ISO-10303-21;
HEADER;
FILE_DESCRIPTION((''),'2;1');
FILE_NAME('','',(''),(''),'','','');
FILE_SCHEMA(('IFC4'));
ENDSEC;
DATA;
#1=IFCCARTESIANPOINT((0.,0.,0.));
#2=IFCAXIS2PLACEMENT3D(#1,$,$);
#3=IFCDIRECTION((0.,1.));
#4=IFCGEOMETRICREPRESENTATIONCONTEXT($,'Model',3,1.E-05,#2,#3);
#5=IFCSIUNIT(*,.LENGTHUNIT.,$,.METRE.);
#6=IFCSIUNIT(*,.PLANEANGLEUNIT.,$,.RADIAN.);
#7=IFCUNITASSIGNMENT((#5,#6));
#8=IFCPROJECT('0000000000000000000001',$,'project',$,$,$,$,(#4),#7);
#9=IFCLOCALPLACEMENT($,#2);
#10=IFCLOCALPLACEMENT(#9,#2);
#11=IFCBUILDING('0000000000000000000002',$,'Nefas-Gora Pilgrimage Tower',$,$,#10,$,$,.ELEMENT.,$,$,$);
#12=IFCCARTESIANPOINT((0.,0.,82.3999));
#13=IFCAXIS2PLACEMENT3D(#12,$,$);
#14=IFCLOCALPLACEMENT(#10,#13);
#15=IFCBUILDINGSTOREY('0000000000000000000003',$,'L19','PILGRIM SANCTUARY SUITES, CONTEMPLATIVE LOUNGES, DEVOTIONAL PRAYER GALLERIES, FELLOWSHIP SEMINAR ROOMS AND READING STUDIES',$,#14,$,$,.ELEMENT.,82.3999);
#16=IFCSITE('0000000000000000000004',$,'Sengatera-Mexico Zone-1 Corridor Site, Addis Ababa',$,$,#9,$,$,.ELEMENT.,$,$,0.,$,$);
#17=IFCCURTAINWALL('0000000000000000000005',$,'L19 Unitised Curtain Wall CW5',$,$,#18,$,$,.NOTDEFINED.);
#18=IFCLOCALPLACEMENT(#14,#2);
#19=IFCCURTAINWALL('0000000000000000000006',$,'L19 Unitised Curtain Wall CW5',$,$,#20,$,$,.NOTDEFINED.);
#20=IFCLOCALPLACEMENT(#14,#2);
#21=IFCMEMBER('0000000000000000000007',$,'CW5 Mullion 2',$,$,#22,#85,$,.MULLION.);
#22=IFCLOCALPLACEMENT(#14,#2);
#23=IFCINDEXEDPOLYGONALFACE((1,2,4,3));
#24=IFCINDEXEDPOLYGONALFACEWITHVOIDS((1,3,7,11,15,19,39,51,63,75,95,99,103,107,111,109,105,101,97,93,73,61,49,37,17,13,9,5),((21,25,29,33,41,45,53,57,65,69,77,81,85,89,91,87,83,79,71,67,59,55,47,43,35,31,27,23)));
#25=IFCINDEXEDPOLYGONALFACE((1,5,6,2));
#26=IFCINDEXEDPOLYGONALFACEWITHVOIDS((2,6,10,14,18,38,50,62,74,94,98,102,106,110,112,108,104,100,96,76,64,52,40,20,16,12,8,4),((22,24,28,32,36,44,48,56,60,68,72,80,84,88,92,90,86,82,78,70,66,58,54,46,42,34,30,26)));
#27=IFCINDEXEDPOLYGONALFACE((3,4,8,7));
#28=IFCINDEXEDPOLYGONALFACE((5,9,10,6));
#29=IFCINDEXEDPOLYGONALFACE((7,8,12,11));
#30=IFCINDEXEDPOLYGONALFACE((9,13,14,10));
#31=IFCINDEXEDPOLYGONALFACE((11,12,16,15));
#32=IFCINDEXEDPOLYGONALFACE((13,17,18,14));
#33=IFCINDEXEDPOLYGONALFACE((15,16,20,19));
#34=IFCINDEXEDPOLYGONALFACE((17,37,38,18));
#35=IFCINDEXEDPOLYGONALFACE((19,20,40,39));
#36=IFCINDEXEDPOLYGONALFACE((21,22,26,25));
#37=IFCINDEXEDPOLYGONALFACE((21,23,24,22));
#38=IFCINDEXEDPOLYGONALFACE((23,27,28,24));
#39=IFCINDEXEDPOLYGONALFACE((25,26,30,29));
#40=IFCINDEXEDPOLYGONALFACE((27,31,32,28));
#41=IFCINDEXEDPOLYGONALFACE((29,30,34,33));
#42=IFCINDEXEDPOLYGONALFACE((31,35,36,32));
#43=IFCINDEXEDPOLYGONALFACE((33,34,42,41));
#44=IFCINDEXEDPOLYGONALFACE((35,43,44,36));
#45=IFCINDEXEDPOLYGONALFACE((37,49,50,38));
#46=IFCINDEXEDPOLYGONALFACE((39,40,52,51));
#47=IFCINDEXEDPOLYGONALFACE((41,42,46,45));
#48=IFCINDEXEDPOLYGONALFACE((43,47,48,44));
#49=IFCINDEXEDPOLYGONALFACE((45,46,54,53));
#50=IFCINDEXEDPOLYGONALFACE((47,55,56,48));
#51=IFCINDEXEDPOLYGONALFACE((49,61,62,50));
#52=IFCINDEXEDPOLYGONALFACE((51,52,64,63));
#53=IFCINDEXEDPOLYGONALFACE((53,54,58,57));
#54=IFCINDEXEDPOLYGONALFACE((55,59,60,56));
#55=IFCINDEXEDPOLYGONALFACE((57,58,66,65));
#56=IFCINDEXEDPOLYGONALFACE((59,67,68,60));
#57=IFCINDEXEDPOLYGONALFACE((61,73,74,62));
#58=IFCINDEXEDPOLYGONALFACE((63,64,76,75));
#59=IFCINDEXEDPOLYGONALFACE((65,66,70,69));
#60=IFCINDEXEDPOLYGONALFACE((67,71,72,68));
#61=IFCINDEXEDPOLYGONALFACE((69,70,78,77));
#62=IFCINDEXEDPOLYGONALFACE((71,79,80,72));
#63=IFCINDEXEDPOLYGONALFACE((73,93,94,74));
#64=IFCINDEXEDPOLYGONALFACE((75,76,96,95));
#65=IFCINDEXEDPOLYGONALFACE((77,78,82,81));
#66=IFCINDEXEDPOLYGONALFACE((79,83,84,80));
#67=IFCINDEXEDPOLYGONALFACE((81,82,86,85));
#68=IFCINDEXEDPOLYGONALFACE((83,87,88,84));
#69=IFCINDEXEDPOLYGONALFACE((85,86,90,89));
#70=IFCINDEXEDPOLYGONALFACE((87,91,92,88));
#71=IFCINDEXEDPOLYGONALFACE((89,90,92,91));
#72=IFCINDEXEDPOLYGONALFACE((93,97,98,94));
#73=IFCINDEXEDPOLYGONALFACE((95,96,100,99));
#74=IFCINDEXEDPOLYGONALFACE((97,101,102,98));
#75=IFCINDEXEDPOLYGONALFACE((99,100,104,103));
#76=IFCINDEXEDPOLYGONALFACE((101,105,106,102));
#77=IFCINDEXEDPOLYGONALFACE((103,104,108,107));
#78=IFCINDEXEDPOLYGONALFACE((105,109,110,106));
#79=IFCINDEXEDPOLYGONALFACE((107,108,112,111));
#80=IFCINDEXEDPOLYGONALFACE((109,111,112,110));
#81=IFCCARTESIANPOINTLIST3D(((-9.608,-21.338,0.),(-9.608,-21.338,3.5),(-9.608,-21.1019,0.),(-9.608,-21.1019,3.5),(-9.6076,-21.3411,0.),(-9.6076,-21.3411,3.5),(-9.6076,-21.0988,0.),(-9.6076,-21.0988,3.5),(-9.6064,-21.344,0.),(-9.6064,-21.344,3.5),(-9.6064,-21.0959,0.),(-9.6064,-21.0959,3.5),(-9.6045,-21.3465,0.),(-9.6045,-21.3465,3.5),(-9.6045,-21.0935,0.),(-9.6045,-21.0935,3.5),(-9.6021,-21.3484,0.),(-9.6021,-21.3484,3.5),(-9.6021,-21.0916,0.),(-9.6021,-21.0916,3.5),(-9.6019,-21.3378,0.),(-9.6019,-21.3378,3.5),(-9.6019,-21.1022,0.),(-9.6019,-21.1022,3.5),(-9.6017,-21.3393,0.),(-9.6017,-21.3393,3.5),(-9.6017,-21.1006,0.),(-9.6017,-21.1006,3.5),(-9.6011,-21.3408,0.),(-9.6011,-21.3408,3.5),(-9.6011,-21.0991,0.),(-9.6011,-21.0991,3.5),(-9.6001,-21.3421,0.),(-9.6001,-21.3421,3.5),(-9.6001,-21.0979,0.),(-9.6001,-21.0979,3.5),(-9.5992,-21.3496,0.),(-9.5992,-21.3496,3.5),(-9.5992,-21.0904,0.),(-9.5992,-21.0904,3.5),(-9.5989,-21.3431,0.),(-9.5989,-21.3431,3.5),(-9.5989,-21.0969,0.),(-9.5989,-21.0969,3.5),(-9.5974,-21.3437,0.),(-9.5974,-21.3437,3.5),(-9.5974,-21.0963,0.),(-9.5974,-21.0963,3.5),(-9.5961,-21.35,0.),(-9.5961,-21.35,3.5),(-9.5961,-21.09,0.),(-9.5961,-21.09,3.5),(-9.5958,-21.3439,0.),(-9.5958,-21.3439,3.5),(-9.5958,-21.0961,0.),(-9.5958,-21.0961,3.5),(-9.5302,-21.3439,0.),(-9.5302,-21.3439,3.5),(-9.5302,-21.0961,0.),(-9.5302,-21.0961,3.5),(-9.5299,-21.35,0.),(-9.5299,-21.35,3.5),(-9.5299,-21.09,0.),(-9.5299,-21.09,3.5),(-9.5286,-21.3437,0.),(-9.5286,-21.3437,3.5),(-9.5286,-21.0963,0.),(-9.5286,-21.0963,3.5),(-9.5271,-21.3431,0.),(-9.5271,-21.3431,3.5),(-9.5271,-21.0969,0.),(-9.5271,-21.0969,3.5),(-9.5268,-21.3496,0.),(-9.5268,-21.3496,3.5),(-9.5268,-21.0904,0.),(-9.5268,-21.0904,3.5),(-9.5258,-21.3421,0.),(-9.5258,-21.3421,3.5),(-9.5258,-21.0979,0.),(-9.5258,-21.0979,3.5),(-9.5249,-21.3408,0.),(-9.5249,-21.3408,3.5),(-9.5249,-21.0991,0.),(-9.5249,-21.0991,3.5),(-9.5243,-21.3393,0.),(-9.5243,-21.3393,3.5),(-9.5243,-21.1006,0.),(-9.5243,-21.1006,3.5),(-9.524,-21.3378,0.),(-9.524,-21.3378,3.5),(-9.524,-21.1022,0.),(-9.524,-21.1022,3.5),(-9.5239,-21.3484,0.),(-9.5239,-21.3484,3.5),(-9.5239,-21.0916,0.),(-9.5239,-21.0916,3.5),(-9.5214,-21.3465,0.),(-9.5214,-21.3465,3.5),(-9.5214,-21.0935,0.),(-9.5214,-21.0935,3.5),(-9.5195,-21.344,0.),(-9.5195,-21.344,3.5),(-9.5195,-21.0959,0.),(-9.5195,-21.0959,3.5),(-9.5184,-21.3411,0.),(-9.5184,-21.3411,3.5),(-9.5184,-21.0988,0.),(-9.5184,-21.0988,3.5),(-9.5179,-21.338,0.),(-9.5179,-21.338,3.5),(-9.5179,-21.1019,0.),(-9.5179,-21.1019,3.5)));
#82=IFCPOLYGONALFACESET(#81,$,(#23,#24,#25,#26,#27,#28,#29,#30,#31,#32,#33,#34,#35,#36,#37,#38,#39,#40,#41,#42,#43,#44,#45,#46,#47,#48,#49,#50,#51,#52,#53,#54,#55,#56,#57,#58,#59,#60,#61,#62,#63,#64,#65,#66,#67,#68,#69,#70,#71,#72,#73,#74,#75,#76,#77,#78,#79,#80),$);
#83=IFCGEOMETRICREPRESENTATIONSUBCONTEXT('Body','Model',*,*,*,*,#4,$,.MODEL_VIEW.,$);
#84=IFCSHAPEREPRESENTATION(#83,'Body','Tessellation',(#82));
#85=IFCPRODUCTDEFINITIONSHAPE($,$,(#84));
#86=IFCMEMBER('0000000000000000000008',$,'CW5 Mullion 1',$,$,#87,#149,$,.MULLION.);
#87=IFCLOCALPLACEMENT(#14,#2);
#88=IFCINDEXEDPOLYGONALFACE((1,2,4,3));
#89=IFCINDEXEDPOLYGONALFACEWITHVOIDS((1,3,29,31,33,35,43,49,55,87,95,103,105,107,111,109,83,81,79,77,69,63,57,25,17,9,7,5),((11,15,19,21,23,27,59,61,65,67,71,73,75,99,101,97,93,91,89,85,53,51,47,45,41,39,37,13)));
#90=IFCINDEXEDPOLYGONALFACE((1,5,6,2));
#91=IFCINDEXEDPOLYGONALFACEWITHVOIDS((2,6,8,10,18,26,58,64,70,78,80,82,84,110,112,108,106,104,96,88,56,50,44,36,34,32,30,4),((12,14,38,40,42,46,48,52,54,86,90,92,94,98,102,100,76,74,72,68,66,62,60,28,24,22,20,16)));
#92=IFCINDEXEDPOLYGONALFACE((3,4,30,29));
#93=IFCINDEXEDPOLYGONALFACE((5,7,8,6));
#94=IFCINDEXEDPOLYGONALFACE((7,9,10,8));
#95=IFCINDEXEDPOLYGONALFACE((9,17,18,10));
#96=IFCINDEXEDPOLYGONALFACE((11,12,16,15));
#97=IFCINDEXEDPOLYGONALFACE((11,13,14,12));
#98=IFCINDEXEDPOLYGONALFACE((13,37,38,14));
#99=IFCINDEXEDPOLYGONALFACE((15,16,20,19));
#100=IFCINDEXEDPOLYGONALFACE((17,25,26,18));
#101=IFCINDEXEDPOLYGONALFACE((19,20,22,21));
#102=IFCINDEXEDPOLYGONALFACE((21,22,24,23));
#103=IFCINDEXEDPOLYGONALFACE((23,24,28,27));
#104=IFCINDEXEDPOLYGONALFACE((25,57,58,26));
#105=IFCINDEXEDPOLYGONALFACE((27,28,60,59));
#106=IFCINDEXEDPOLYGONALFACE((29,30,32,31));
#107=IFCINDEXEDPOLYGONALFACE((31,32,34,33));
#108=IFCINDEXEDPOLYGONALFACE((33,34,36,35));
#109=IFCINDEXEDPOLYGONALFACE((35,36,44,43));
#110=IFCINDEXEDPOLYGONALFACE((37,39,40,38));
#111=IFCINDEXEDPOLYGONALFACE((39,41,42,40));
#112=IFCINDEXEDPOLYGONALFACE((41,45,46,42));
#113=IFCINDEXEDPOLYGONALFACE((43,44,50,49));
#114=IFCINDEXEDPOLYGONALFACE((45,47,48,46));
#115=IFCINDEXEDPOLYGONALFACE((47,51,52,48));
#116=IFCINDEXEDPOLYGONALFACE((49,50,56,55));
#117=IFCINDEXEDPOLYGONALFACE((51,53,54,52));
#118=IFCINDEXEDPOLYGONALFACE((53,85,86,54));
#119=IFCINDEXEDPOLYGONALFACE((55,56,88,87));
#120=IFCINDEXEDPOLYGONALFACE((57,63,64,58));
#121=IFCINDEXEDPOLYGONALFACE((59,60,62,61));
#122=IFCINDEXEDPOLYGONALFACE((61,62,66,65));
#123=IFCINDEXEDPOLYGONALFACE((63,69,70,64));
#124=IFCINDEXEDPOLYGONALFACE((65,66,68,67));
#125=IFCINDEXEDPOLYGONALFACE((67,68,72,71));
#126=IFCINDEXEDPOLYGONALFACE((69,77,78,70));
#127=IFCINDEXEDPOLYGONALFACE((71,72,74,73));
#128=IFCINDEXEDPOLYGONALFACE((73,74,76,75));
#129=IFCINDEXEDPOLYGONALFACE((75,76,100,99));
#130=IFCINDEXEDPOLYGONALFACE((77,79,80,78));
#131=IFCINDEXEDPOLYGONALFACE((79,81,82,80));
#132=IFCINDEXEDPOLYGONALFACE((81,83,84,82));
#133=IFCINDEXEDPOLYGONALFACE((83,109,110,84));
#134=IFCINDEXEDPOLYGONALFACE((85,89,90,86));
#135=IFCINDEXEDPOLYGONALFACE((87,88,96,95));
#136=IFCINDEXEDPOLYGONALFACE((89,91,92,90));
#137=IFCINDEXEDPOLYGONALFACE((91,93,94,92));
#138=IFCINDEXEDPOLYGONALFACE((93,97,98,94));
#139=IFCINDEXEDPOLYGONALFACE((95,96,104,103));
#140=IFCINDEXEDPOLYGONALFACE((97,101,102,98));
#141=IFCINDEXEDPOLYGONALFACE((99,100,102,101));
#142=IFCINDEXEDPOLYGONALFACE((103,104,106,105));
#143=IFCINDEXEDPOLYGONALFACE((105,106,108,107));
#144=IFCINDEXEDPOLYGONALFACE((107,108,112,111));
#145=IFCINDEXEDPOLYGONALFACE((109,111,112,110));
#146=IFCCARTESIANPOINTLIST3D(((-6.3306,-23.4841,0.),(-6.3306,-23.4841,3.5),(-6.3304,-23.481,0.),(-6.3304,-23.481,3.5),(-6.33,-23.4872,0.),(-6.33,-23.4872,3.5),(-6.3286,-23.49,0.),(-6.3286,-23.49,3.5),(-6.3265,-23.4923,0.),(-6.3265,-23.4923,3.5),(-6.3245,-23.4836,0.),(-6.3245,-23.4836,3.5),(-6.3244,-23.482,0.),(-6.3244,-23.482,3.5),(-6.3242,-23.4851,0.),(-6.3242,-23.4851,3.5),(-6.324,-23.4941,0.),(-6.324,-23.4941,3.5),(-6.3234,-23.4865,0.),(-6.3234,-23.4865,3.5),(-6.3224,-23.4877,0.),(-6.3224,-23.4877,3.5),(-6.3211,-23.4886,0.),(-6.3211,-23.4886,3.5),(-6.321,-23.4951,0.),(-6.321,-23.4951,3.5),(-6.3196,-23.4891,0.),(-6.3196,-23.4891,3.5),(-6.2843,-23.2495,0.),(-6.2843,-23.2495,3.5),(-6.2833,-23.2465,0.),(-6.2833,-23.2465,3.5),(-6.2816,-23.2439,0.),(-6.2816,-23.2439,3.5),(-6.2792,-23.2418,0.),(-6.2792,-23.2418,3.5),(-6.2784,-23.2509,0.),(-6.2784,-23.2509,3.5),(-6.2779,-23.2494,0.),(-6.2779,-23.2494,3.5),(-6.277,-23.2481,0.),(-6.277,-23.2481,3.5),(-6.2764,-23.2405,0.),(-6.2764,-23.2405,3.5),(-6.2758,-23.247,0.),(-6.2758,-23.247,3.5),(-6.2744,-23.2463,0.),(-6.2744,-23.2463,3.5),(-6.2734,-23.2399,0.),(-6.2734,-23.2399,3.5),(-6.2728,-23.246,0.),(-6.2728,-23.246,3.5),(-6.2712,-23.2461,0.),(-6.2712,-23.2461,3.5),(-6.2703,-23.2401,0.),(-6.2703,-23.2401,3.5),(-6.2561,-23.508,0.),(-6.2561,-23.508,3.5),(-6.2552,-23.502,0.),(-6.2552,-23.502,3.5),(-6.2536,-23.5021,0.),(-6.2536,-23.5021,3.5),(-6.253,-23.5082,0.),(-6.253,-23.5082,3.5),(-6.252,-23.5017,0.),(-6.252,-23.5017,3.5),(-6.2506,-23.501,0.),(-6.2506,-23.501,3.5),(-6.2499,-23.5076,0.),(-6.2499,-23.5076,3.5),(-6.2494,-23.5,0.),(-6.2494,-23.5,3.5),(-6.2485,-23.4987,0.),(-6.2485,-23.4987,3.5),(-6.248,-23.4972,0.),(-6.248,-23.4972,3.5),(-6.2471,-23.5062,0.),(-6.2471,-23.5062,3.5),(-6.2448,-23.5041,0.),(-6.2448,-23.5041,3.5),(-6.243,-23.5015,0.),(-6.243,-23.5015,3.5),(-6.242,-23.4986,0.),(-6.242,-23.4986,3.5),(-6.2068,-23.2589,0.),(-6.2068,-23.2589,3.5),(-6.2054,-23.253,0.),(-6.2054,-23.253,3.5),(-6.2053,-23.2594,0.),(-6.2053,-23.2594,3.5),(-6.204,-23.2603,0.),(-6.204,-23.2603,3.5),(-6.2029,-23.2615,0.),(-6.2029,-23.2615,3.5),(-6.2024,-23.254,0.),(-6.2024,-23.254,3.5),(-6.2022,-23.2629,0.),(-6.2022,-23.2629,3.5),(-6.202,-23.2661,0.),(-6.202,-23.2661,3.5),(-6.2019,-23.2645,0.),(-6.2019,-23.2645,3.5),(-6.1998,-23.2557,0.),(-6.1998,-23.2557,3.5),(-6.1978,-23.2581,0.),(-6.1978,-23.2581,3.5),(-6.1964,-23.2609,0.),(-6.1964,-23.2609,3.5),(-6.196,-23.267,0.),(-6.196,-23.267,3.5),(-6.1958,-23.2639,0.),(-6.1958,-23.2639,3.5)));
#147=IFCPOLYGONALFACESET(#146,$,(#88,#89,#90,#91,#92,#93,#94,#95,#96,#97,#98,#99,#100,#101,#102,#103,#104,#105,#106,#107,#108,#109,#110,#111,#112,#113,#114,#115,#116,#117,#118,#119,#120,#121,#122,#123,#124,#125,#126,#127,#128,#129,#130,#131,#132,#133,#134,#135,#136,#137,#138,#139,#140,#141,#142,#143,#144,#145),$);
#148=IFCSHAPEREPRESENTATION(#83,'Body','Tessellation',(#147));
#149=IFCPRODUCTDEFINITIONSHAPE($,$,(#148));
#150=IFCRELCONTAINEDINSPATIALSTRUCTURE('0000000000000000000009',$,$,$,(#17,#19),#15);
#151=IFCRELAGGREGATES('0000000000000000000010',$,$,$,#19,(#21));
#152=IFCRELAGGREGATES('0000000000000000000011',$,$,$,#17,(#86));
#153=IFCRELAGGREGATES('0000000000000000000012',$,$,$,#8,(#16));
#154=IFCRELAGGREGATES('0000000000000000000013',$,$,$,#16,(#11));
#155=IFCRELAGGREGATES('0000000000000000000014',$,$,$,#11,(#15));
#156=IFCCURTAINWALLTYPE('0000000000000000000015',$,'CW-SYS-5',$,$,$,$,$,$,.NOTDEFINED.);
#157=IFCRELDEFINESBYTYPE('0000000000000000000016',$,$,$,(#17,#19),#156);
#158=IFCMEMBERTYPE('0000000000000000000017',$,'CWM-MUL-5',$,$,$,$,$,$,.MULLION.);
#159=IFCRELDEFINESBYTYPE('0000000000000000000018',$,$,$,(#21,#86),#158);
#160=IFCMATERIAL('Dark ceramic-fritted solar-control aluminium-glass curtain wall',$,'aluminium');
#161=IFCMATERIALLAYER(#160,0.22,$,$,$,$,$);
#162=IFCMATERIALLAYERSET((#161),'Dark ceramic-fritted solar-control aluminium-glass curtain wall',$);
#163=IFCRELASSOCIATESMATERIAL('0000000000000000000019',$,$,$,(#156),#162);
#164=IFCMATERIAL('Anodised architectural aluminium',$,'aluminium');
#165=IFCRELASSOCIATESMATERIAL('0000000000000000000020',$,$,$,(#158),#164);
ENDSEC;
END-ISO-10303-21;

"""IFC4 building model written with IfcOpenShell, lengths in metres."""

from ifc_helpers import new_model, si_unit, direction, frame, origin, origin_2d, place, context, subcontext, project, spatial, hollow_rectangle, extrude, source, transform, mapped, material, layer, layer_set, material_profile, profile_set, type_object, element, aggregate, save


model = new_model("IFC4")

# Units and contexts
model_context = context("Model", 3, precision=1e-05, world=origin(), true_north=direction((0.0, 1.0)))
body_context = subcontext(model_context, "Body", "Model", "MODEL_VIEW")
ifc_project = project(units=[si_unit("LENGTHUNIT", "METRE"), si_unit("PLANEANGLEUNIT", "RADIAN")], contexts=[model_context])

# Site, building, storey
site_placement = place(None, origin())
site = spatial("IfcSite", under=ifc_project, at=site_placement, Name="Sengatera-Mexico Zone-1 Corridor Site, Addis Ababa", CompositionType="ELEMENT", RefElevation=0.0)
building_placement = place(site_placement, origin())
building = spatial("IfcBuilding", under=site, at=building_placement, Name="Nefas-Gora Pilgrimage Tower", CompositionType="ELEMENT")
storey_placement = place(building_placement, frame((0.0, 0.0, 82.3999)))
storey = spatial("IfcBuildingStorey", under=building, at=storey_placement, Name="L19", Description="PILGRIM SANCTUARY SUITES, CONTEMPLATIVE LOUNGES, DEVOTIONAL PRAYER GALLERIES, FELLOWSHIP SEMINAR ROOMS AND READING STUDIES", CompositionType="ELEMENT", Elevation=82.3999)

# Curtain walls, member
ifc_material_1 = material(Name="Dark ceramic-fritted solar-control aluminium-glass curtain wall", Category="aluminium")
ifc_layer_1 = layer(ifc_material_1, 0.22)
ifc_layer_set_1 = layer_set([ifc_layer_1], Name="Dark ceramic-fritted solar-control aluminium-glass curtain wall")
curtain_wall_type = type_object("IfcCurtainWallType", Name="CW-SYS-5", PredefinedType="NOTDEFINED", material=ifc_layer_set_1)
curtain_wall_1_placement = place(storey_placement, origin())
curtain_wall_1 = element("IfcCurtainWall", 1, at=curtain_wall_1_placement, inside=storey, type_object=curtain_wall_type, Name="L19 Unitised Curtain Wall CW5", PredefinedType="NOTDEFINED")
ifc_material_2 = material(Name="Anodised architectural aluminium", Category="aluminium")
curtain_wall_2_placement = place(storey_placement, origin())
curtain_wall_2 = element("IfcCurtainWall", 2, at=curtain_wall_2_placement, inside=storey, type_object=curtain_wall_type, Name="L19 Unitised Curtain Wall CW5", PredefinedType="NOTDEFINED")
ifc_material_profile_1 = material_profile(ifc_material_2, hollow_rectangle(XDim=0.0901, YDim=0.26, WallThickness=0.0061, InnerFilletRadius=0.0061, OuterFilletRadius=0.012, at=origin_2d()), Name="ALU MULLION 90x260")
ifc_profile_set_1 = profile_set([ifc_material_profile_1], Name="Anodised architectural aluminium")
member_type_1 = type_object("IfcMemberType", Name="CWM-MUL-5", PredefinedType="MULLION", material=ifc_profile_set_1)
shared_shape_1 = source(origin(), body_context, "Body", "SweptSolid", [
    extrude(hollow_rectangle(XDim=0.0901, YDim=0.26, WallThickness=0.0061, InnerFilletRadius=0.0061, OuterFilletRadius=0.012, at=origin_2d()), origin(), (0.0, 0.0, 1.0), 3.5),
])
member_1_placement = place(storey_placement, frame((-9.563, -21.22, 0.0), z_axis=(0.0, 0.0, 1.0), x_axis=(1.0, 0.0, 0.0)))
member_1 = element("IfcMember", 3, at=member_1_placement, type_object=member_type_1, Name="CW5 Mullion 2", PredefinedType="MULLION", context=body_context, shape_type="MappedRepresentation", body=[
    mapped(shared_shape_1, transform((0.0, 0.0, 0.0), x_axis=(1.0, 0.0, 0.0), y_axis=(0.0, 1.0, 0.0), z_axis=(0.0, 0.0, 1.0), scale=1.0)),
])
aggregate(curtain_wall_2, [member_1])

# Member
member_2_placement = place(storey_placement, frame((-6.2632, -23.374, 0.0), z_axis=(0.0, 0.0, 1.0), x_axis=(0.980783, -0.195102, 0.0)))
member_2 = element("IfcMember", 4, at=member_2_placement, type_object=member_type_1, Name="CW5 Mullion 1", PredefinedType="MULLION", context=body_context, shape_type="MappedRepresentation", body=[
    mapped(shared_shape_1, transform((0.0, 0.0, 0.0), x_axis=(1.0, 0.0, 0.0), y_axis=(0.0, 1.0, 0.0), z_axis=(0.0, 0.0, 1.0), scale=1.0)),
])

aggregate(curtain_wall_1, [member_2])

save(model, "model.ifc")
